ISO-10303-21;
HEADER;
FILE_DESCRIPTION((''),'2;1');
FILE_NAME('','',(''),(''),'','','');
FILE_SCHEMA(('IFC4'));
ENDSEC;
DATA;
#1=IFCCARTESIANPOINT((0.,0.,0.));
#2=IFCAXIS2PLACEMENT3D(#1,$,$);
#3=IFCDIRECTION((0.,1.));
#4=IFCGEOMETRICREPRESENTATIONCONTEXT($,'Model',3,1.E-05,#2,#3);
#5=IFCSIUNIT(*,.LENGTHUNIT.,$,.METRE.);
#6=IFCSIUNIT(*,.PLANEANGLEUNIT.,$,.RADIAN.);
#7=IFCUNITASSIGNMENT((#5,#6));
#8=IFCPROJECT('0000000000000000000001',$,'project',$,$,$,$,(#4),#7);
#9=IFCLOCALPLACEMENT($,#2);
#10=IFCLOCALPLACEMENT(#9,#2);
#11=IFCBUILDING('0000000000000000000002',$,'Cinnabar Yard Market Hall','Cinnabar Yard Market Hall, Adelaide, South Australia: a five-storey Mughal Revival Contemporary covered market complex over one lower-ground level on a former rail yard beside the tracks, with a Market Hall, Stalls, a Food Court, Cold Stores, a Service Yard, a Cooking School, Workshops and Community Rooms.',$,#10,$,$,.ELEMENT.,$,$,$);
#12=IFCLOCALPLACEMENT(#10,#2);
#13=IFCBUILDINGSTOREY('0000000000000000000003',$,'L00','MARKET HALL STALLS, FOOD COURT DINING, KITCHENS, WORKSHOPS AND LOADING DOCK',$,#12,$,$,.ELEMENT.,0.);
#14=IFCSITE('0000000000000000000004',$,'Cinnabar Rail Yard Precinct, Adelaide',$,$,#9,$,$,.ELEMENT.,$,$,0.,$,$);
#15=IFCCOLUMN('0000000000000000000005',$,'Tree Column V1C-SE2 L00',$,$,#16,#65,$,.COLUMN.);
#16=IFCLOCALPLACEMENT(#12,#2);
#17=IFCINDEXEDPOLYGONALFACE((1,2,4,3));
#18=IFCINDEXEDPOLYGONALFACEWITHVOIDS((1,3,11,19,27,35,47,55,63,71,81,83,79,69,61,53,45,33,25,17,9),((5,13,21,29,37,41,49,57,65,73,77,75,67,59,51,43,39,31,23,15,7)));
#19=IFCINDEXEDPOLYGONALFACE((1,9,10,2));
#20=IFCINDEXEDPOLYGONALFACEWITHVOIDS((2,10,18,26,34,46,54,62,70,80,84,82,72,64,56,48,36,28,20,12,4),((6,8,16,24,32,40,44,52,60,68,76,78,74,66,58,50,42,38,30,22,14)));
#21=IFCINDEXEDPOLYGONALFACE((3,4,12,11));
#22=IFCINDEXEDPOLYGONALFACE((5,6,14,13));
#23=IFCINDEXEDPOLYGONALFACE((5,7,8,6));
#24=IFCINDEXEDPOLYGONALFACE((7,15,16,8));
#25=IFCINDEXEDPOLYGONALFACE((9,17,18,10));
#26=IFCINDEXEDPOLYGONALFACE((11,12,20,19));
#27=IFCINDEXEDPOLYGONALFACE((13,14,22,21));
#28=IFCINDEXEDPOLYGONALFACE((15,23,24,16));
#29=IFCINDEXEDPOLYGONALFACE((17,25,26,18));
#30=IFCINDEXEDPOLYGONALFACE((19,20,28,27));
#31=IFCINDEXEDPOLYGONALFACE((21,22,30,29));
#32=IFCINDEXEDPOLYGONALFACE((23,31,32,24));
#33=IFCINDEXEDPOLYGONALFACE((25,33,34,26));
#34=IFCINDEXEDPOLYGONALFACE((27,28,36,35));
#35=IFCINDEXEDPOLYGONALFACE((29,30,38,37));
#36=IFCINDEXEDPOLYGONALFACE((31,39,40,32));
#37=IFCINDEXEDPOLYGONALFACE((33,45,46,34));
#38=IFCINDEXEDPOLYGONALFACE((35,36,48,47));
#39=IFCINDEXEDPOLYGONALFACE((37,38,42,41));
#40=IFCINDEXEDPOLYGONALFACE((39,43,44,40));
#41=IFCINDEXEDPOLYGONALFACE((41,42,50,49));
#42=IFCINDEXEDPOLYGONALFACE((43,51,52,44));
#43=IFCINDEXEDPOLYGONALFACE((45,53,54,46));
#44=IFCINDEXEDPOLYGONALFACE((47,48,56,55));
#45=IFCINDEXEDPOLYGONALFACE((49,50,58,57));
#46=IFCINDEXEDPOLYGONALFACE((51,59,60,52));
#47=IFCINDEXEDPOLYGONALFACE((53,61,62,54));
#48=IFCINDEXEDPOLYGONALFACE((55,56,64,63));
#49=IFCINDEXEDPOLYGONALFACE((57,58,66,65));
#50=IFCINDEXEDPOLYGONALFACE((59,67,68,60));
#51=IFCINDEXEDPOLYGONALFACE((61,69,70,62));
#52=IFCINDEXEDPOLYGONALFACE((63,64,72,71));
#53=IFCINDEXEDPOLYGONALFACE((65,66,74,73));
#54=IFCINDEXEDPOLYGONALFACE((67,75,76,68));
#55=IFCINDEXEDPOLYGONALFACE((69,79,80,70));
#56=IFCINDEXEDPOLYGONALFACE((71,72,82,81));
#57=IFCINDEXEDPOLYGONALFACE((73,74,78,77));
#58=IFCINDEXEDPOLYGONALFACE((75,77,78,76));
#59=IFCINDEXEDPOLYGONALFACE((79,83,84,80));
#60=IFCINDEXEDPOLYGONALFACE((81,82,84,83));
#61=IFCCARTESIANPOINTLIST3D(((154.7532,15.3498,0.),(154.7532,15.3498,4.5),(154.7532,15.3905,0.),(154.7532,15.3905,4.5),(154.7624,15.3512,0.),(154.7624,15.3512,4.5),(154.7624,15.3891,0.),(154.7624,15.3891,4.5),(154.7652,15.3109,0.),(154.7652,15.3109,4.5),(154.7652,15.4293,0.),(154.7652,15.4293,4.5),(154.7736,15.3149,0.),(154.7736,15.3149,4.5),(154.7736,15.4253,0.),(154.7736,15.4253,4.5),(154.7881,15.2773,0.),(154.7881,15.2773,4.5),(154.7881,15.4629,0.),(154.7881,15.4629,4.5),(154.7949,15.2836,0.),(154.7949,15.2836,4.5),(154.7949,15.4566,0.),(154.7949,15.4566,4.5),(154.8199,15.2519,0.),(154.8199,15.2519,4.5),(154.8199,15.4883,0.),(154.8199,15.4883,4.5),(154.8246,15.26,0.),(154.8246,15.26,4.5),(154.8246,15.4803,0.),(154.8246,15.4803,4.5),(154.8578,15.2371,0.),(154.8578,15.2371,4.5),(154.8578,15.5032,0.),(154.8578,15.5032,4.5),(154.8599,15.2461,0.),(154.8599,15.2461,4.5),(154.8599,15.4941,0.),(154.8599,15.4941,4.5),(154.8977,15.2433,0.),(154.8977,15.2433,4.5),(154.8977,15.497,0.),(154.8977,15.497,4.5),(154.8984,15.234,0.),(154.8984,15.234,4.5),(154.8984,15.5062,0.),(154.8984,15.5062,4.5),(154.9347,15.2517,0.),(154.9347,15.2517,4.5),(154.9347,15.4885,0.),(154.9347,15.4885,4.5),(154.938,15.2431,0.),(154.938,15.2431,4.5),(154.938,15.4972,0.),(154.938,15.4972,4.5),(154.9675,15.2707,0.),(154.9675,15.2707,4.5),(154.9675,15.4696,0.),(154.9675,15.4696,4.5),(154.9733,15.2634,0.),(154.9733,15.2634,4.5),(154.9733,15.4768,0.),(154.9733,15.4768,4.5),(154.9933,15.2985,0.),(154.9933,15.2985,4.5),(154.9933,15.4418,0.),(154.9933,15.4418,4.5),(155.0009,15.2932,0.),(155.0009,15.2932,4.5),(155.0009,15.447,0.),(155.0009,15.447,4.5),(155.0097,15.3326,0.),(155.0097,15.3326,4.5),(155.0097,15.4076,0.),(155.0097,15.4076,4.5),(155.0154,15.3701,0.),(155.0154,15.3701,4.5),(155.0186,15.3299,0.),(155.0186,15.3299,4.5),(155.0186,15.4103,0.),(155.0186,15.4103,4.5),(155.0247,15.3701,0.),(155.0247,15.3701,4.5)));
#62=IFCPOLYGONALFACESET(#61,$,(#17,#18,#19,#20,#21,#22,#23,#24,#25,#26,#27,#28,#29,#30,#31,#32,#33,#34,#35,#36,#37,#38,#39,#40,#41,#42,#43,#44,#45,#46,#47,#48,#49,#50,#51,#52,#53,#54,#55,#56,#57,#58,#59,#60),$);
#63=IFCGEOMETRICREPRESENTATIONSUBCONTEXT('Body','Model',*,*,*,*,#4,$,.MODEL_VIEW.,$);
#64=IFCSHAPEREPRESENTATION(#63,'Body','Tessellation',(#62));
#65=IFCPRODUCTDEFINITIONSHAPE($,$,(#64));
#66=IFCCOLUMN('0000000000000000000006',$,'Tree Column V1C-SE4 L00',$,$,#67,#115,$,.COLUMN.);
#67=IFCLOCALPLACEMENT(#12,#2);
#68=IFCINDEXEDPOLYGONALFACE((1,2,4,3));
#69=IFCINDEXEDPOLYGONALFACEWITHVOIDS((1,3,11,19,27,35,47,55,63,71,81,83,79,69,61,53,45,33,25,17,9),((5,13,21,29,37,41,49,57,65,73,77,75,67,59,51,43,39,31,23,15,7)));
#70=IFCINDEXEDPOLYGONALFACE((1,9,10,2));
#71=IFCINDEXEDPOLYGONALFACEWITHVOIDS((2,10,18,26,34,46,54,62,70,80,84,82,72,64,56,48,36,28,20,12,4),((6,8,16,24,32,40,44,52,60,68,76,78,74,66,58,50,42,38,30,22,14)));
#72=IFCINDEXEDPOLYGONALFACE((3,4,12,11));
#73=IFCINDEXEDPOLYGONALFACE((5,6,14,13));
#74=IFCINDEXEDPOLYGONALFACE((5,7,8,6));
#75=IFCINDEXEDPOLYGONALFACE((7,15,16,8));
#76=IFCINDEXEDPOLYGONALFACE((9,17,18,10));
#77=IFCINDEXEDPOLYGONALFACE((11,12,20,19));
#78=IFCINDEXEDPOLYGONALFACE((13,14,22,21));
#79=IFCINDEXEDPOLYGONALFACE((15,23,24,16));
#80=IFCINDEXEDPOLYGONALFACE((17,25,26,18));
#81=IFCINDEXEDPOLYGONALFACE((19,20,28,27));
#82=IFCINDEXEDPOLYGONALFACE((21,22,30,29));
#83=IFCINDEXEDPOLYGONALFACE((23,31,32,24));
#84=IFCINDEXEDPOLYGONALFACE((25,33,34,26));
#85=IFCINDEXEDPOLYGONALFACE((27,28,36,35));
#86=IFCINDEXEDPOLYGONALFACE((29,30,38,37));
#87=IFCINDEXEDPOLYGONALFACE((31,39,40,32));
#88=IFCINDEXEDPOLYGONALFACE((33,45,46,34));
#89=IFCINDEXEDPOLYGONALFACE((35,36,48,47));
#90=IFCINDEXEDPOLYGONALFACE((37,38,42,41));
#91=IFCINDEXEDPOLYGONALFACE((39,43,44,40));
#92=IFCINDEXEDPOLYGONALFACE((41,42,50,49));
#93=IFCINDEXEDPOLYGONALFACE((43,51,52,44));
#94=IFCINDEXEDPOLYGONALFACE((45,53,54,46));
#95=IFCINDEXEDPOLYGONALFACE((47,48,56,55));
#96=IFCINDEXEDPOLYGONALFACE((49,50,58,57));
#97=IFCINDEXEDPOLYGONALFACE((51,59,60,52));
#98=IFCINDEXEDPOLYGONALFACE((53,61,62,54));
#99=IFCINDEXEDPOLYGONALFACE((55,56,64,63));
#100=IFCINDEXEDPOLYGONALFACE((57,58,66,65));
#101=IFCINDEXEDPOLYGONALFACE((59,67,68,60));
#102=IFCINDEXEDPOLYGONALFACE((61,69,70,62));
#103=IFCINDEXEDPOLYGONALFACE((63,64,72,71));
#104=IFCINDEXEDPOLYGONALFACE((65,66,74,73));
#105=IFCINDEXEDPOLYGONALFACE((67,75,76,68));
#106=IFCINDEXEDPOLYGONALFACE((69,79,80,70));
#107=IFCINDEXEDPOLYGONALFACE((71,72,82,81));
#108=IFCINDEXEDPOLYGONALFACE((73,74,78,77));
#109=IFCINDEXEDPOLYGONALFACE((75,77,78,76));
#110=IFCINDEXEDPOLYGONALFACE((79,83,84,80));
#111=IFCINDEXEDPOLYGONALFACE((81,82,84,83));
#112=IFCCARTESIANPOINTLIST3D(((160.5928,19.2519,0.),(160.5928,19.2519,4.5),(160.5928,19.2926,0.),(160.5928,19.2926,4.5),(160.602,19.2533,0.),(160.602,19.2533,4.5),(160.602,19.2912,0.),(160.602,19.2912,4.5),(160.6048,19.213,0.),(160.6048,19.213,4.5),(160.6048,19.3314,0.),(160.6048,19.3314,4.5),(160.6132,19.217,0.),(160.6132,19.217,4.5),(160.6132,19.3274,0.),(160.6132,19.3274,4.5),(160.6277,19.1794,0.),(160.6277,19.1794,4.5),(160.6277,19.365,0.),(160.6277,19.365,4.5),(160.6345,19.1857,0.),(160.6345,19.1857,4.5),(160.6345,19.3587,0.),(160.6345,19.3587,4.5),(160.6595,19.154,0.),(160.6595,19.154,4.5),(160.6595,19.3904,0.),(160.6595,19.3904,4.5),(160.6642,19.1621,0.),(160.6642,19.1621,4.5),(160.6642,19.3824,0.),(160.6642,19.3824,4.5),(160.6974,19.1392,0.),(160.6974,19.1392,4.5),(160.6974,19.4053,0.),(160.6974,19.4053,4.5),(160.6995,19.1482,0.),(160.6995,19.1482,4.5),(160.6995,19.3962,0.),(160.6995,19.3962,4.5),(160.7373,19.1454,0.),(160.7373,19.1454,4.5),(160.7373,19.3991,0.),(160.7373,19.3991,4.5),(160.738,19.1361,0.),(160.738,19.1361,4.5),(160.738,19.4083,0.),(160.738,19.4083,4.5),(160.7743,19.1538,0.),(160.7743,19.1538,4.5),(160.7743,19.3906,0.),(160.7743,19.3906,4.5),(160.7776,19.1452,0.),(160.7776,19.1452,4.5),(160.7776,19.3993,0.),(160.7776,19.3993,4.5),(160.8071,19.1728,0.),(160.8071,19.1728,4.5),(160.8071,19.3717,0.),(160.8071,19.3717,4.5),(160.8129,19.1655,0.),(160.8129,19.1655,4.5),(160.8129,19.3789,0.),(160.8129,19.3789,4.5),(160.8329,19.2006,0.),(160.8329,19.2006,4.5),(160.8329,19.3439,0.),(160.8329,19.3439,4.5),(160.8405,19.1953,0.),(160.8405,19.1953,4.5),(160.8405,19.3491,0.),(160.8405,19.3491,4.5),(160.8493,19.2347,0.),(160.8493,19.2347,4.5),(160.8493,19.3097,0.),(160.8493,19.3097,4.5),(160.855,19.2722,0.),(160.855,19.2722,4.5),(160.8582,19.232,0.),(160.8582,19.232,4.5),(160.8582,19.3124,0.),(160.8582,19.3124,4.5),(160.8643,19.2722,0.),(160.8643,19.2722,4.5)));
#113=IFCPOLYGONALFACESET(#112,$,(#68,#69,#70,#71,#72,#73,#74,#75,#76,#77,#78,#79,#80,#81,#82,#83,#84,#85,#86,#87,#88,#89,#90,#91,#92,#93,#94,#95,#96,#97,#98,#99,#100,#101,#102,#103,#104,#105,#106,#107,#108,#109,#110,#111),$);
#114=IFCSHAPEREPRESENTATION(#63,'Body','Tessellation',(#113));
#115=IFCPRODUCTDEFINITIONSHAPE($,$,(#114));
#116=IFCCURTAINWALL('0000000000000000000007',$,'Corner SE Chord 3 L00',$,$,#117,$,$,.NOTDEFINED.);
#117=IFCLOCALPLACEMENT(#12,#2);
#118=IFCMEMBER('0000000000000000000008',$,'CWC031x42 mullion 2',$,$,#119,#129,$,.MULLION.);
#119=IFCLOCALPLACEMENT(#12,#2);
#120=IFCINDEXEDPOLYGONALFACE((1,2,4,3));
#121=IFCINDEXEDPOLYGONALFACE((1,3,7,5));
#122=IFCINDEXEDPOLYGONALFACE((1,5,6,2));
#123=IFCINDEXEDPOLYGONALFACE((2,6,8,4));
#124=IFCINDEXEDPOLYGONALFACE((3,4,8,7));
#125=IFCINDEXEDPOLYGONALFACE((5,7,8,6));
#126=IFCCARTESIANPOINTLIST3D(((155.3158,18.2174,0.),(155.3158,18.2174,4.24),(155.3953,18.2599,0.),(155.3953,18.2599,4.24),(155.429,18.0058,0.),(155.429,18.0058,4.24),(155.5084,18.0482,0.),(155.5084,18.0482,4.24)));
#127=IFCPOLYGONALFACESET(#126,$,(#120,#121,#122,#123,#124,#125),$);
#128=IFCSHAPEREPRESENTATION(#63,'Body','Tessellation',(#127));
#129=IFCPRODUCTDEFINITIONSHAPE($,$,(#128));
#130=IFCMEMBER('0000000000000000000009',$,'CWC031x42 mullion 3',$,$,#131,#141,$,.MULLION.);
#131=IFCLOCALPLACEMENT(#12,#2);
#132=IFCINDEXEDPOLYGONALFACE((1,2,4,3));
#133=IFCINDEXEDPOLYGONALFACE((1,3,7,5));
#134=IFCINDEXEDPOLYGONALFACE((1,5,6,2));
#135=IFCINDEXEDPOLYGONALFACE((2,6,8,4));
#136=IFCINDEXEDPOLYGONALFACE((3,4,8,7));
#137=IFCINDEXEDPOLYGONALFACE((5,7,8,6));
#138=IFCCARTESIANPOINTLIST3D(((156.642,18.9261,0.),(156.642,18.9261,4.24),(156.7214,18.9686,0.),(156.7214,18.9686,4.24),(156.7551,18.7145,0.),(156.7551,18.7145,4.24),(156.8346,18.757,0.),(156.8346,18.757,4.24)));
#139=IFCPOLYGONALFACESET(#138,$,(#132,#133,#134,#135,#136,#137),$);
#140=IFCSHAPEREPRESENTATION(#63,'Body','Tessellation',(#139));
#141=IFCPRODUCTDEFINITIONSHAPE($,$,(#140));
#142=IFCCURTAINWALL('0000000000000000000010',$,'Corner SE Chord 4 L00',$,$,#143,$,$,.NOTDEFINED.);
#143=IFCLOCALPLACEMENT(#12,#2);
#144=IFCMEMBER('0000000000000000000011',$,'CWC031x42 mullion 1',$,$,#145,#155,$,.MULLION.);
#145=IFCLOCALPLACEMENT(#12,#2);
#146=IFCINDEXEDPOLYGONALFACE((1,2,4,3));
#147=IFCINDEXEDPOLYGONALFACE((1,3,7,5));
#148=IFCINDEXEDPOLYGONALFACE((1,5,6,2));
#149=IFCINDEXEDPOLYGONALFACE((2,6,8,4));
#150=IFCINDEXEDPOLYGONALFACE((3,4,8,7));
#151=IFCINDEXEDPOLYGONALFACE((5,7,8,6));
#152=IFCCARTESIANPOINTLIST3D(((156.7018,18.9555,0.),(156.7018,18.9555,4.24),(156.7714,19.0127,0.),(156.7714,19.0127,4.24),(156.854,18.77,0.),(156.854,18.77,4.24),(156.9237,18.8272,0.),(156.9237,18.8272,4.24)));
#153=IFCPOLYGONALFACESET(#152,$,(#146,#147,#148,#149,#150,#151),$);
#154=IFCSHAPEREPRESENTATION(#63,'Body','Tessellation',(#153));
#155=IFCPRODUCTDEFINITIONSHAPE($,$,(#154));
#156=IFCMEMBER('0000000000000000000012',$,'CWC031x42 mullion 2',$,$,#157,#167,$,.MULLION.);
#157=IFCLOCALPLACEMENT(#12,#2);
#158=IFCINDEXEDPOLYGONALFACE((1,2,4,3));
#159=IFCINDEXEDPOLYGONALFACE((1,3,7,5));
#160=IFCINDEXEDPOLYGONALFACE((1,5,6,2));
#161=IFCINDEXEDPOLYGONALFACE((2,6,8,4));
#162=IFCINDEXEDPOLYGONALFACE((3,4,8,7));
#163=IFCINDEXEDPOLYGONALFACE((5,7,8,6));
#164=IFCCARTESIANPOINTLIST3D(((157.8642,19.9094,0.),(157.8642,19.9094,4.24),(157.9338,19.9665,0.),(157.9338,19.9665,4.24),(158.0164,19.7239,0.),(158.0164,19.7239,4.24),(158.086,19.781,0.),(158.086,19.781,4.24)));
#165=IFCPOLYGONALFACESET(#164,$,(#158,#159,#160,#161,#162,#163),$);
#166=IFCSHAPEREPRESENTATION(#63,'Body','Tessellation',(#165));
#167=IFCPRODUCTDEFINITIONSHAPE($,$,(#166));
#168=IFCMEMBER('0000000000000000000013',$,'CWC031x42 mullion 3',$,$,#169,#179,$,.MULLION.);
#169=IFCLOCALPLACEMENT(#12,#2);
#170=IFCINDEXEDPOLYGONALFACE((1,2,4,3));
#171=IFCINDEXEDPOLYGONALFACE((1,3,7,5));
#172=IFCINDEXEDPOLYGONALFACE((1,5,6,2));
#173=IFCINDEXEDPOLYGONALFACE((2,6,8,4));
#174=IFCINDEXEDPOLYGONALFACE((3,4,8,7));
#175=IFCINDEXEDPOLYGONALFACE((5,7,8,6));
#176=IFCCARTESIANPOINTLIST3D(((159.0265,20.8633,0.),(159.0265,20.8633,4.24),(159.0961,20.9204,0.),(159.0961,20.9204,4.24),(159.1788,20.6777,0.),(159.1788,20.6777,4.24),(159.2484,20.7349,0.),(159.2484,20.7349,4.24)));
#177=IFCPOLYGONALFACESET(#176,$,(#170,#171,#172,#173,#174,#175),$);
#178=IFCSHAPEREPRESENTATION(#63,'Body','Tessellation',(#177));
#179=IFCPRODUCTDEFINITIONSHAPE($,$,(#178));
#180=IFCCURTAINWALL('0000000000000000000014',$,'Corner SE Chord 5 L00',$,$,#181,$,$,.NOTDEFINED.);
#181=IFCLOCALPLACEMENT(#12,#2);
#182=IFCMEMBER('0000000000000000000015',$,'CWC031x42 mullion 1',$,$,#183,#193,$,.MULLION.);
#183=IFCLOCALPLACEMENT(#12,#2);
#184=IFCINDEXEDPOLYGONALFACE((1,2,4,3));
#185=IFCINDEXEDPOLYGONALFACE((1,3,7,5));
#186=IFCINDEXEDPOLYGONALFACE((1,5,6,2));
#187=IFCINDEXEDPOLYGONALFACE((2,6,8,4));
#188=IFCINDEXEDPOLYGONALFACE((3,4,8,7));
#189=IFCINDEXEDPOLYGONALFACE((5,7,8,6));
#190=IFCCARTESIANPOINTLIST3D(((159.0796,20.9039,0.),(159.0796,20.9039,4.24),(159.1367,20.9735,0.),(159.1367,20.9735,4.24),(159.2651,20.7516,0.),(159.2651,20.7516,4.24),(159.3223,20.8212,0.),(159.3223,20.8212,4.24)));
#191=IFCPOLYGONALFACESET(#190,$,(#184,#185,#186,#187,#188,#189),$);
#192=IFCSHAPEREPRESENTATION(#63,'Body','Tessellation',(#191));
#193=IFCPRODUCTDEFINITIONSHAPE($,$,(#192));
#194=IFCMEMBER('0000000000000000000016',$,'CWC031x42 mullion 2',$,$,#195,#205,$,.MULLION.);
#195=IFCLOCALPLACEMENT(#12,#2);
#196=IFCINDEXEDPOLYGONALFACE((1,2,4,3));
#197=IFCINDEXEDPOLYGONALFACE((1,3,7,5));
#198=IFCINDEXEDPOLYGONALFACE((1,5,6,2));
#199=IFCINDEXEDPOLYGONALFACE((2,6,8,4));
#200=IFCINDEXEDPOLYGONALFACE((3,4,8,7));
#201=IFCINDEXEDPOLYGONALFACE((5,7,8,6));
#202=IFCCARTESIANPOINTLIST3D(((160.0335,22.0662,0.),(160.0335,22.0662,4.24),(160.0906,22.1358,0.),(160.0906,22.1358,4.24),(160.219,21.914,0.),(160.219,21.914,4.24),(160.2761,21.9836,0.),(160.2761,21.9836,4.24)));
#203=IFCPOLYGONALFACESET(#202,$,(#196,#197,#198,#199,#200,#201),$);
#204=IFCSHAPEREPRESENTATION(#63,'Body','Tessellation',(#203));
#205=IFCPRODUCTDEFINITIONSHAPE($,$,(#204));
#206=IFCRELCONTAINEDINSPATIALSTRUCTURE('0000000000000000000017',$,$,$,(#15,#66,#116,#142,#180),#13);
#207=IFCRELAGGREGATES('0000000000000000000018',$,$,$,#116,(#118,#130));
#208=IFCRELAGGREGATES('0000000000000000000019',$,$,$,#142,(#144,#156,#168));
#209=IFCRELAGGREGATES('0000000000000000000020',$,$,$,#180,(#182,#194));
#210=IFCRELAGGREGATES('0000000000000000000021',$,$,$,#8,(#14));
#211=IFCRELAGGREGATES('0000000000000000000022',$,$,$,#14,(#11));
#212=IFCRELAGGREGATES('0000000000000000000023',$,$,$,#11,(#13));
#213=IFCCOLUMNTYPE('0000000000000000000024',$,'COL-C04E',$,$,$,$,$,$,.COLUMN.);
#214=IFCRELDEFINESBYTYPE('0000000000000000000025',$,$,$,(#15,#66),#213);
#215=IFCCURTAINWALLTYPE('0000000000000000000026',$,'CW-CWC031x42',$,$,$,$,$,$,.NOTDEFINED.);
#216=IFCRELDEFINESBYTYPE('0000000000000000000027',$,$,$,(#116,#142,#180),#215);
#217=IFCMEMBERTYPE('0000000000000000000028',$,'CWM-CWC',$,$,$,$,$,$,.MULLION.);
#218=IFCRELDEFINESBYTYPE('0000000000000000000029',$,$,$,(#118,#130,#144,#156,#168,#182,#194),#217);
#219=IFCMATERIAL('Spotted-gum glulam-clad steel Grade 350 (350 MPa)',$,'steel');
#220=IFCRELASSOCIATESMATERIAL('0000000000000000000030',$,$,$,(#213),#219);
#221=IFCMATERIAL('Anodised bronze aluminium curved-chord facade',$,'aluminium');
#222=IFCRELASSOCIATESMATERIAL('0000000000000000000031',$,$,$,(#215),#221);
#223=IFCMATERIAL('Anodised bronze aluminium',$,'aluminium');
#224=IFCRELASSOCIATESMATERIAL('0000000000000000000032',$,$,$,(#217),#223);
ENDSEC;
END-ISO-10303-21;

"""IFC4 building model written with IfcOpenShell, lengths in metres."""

from ifc_helpers import new_model, si_unit, direction, frame, origin, origin_2d_with_axis, place, context, subcontext, project, spatial, rectangle, hollow_circle, extrude, material, material_profile, profile_set, type_object, element, aggregate, save


model = new_model("IFC4")

# Units and contexts
model_context = context("Model", 3, precision=1e-05, world=origin(), true_north=direction((0.0, 1.0)))
body_context = subcontext(model_context, "Body", "Model", "MODEL_VIEW")
ifc_project = project(units=[si_unit("LENGTHUNIT", "METRE"), si_unit("PLANEANGLEUNIT", "RADIAN")], contexts=[model_context])

# Site, building, storey
site_placement = place(None, origin())
site = spatial("IfcSite", under=ifc_project, at=site_placement, Name="Cinnabar Rail Yard Precinct, Adelaide", CompositionType="ELEMENT", RefElevation=0.0)
building_placement = place(site_placement, origin())
building = spatial("IfcBuilding", under=site, at=building_placement, Name="Cinnabar Yard Market Hall", Description="Cinnabar Yard Market Hall, Adelaide, South Australia: a five-storey Mughal Revival Contemporary covered market complex over one lower-ground level on a former rail yard beside the tracks, with a Market Hall, Stalls, a Food Court, Cold Stores, a Service Yard, a Cooking School, Workshops and Community Rooms.", CompositionType="ELEMENT")
storey_placement = place(building_placement, origin())
storey = spatial("IfcBuildingStorey", under=building, at=storey_placement, Name="L00", Description="MARKET HALL STALLS, FOOD COURT DINING, KITCHENS, WORKSHOPS AND LOADING DOCK", CompositionType="ELEMENT", Elevation=0.0)

# Columns
ifc_material_1 = material(Name="Spotted-gum glulam-clad steel Grade 350 (350 MPa)", Category="steel")
ifc_material_profile_1 = material_profile(ifc_material_1, hollow_circle(Radius=0.1365, WallThickness=0.0093, at=origin_2d_with_axis()), Name="273.1x9.3CHS")
ifc_profile_set_1 = profile_set([ifc_material_profile_1], Name="Spotted-gum glulam-clad steel Grade 350 (350 MPa)")
column_type = type_object("IfcColumnType", Name="COL-C04E", PredefinedType="COLUMN", material=ifc_profile_set_1)
for number, where, z_axis, x_axis, name in (
    (1, (154.8882, 15.3701, 0.0), (0.0, 0.0, 1.0), (1.0, 0.0, 0.0), "Tree Column V1C-SE2 L00"),
    (2, (160.7278, 19.2722, 0.0), (0.0, 0.0, 1.0), (1.0, 0.0, 0.0), "Tree Column V1C-SE4 L00"),
):
    element("IfcColumn", number, at=place(storey_placement, frame(where, z_axis=z_axis, x_axis=x_axis)), inside=storey, type_object=column_type, Name=name, PredefinedType="COLUMN", context=body_context, shape_type="SweptSolid", body=[
        extrude(hollow_circle(Radius=0.1365, WallThickness=0.0093, at=origin_2d_with_axis()), origin(), (0.0, 0.0, 1.0), 4.5),
    ])

# Curtain walls, members
ifc_material_2 = material(Name="Anodised bronze aluminium curved-chord facade", Category="aluminium")
curtain_wall_type = type_object("IfcCurtainWallType", Name="CW-CWC031x42", PredefinedType="NOTDEFINED", material=ifc_material_2)
curtain_wall_1_placement = place(storey_placement, origin())
curtain_wall_1 = element("IfcCurtainWall", 3, at=curtain_wall_1_placement, inside=storey, type_object=curtain_wall_type, Name="Corner SE Chord 3 L00", PredefinedType="NOTDEFINED")
ifc_material_3 = material(Name="Anodised bronze aluminium", Category="aluminium")
ifc_material_profile_2 = material_profile(ifc_material_3, rectangle(XDim=0.24, YDim=0.0901, at=origin_2d_with_axis()), Name="MUL-CWC")
ifc_profile_set_2 = profile_set([ifc_material_profile_2], Name="Anodised bronze aluminium")
member_type_1 = type_object("IfcMemberType", Name="CWM-CWC", PredefinedType="MULLION", material=ifc_profile_set_2)
member_1_placement = place(storey_placement, frame((155.4121, 18.1328, 0.0), z_axis=(0.0, 0.0, 1.0), x_axis=(-0.471404, 0.881917, 0.0)))
member_1 = element("IfcMember", 4, at=member_1_placement, type_object=member_type_1, Name="CWC031x42 mullion 2", PredefinedType="MULLION", context=body_context, shape_type="SweptSolid", body=[
    extrude(rectangle(XDim=0.24, YDim=0.0901, at=origin_2d_with_axis()), origin(), (0.0, 0.0, 1.0), 4.24),
])
member_2_placement = place(storey_placement, frame((156.7383, 18.8416, 0.0), z_axis=(0.0, 0.0, 1.0), x_axis=(-0.471404, 0.881917, 0.0)))
member_2 = element("IfcMember", 5, at=member_2_placement, type_object=member_type_1, Name="CWC031x42 mullion 3", PredefinedType="MULLION", context=body_context, shape_type="SweptSolid", body=[
    extrude(rectangle(XDim=0.24, YDim=0.0901, at=origin_2d_with_axis()), origin(), (0.0, 0.0, 1.0), 4.24),
])
curtain_wall_2_placement = place(storey_placement, origin())
curtain_wall_2 = element("IfcCurtainWall", 6, at=curtain_wall_2_placement, inside=storey, type_object=curtain_wall_type, Name="Corner SE Chord 4 L00", PredefinedType="NOTDEFINED")
member_3_placement = place(storey_placement, frame((156.8127, 18.8914, 0.0), z_axis=(0.0, 0.0, 1.0), x_axis=(-0.634383, 0.773019, 0.0)))
member_3 = element("IfcMember", 7, at=member_3_placement, type_object=member_type_1, Name="CWC031x42 mullion 1", PredefinedType="MULLION", context=body_context, shape_type="SweptSolid", body=[
    extrude(rectangle(XDim=0.24, YDim=0.0901, at=origin_2d_with_axis()), origin(), (0.0, 0.0, 1.0), 4.24),
])
member_4_placement = place(storey_placement, frame((157.9751, 19.8452, 0.0), z_axis=(0.0, 0.0, 1.0), x_axis=(-0.634383, 0.773019, 0.0)))
member_4 = element("IfcMember", 8, at=member_4_placement, type_object=member_type_1, Name="CWC031x42 mullion 2", PredefinedType="MULLION", context=body_context, shape_type="SweptSolid", body=[
    extrude(rectangle(XDim=0.24, YDim=0.0901, at=origin_2d_with_axis()), origin(), (0.0, 0.0, 1.0), 4.24),
])
member_5_placement = place(storey_placement, frame((159.1375, 20.7991, 0.0), z_axis=(0.0, 0.0, 1.0), x_axis=(-0.634383, 0.773019, 0.0)))
member_5 = element("IfcMember", 9, at=member_5_placement, type_object=member_type_1, Name="CWC031x42 mullion 3", PredefinedType="MULLION", context=body_context, shape_type="SweptSolid", body=[
    extrude(rectangle(XDim=0.24, YDim=0.0901, at=origin_2d_with_axis()), origin(), (0.0, 0.0, 1.0), 4.24),
])
curtain_wall_3_placement = place(storey_placement, origin())
curtain_wall_3 = element("IfcCurtainWall", 10, at=curtain_wall_3_placement, inside=storey, type_object=curtain_wall_type, Name="Corner SE Chord 5 L00", PredefinedType="NOTDEFINED")
member_6_placement = place(storey_placement, frame((159.2009, 20.8625, 0.0), z_axis=(0.0, 0.0, 1.0), x_axis=(-0.773019, 0.634383, 0.0)))
member_6 = element("IfcMember", 11, at=member_6_placement, type_object=member_type_1, Name="CWC031x42 mullion 1", PredefinedType="MULLION", context=body_context, shape_type="SweptSolid", body=[
    extrude(rectangle(XDim=0.24, YDim=0.0901, at=origin_2d_with_axis()), origin(), (0.0, 0.0, 1.0), 4.24),
])
member_7_placement = place(storey_placement, frame((160.1548, 22.0249, 0.0), z_axis=(0.0, 0.0, 1.0), x_axis=(-0.773019, 0.634383, 0.0)))
member_7 = element("IfcMember", 12, at=member_7_placement, type_object=member_type_1, Name="CWC031x42 mullion 2", PredefinedType="MULLION", context=body_context, shape_type="SweptSolid", body=[
    extrude(rectangle(XDim=0.24, YDim=0.0901, at=origin_2d_with_axis()), origin(), (0.0, 0.0, 1.0), 4.24),
])

aggregate(curtain_wall_1, [member_1, member_2])
aggregate(curtain_wall_2, [member_3, member_4, member_5])
aggregate(curtain_wall_3, [member_6, member_7])

save(model, "model.ifc")
